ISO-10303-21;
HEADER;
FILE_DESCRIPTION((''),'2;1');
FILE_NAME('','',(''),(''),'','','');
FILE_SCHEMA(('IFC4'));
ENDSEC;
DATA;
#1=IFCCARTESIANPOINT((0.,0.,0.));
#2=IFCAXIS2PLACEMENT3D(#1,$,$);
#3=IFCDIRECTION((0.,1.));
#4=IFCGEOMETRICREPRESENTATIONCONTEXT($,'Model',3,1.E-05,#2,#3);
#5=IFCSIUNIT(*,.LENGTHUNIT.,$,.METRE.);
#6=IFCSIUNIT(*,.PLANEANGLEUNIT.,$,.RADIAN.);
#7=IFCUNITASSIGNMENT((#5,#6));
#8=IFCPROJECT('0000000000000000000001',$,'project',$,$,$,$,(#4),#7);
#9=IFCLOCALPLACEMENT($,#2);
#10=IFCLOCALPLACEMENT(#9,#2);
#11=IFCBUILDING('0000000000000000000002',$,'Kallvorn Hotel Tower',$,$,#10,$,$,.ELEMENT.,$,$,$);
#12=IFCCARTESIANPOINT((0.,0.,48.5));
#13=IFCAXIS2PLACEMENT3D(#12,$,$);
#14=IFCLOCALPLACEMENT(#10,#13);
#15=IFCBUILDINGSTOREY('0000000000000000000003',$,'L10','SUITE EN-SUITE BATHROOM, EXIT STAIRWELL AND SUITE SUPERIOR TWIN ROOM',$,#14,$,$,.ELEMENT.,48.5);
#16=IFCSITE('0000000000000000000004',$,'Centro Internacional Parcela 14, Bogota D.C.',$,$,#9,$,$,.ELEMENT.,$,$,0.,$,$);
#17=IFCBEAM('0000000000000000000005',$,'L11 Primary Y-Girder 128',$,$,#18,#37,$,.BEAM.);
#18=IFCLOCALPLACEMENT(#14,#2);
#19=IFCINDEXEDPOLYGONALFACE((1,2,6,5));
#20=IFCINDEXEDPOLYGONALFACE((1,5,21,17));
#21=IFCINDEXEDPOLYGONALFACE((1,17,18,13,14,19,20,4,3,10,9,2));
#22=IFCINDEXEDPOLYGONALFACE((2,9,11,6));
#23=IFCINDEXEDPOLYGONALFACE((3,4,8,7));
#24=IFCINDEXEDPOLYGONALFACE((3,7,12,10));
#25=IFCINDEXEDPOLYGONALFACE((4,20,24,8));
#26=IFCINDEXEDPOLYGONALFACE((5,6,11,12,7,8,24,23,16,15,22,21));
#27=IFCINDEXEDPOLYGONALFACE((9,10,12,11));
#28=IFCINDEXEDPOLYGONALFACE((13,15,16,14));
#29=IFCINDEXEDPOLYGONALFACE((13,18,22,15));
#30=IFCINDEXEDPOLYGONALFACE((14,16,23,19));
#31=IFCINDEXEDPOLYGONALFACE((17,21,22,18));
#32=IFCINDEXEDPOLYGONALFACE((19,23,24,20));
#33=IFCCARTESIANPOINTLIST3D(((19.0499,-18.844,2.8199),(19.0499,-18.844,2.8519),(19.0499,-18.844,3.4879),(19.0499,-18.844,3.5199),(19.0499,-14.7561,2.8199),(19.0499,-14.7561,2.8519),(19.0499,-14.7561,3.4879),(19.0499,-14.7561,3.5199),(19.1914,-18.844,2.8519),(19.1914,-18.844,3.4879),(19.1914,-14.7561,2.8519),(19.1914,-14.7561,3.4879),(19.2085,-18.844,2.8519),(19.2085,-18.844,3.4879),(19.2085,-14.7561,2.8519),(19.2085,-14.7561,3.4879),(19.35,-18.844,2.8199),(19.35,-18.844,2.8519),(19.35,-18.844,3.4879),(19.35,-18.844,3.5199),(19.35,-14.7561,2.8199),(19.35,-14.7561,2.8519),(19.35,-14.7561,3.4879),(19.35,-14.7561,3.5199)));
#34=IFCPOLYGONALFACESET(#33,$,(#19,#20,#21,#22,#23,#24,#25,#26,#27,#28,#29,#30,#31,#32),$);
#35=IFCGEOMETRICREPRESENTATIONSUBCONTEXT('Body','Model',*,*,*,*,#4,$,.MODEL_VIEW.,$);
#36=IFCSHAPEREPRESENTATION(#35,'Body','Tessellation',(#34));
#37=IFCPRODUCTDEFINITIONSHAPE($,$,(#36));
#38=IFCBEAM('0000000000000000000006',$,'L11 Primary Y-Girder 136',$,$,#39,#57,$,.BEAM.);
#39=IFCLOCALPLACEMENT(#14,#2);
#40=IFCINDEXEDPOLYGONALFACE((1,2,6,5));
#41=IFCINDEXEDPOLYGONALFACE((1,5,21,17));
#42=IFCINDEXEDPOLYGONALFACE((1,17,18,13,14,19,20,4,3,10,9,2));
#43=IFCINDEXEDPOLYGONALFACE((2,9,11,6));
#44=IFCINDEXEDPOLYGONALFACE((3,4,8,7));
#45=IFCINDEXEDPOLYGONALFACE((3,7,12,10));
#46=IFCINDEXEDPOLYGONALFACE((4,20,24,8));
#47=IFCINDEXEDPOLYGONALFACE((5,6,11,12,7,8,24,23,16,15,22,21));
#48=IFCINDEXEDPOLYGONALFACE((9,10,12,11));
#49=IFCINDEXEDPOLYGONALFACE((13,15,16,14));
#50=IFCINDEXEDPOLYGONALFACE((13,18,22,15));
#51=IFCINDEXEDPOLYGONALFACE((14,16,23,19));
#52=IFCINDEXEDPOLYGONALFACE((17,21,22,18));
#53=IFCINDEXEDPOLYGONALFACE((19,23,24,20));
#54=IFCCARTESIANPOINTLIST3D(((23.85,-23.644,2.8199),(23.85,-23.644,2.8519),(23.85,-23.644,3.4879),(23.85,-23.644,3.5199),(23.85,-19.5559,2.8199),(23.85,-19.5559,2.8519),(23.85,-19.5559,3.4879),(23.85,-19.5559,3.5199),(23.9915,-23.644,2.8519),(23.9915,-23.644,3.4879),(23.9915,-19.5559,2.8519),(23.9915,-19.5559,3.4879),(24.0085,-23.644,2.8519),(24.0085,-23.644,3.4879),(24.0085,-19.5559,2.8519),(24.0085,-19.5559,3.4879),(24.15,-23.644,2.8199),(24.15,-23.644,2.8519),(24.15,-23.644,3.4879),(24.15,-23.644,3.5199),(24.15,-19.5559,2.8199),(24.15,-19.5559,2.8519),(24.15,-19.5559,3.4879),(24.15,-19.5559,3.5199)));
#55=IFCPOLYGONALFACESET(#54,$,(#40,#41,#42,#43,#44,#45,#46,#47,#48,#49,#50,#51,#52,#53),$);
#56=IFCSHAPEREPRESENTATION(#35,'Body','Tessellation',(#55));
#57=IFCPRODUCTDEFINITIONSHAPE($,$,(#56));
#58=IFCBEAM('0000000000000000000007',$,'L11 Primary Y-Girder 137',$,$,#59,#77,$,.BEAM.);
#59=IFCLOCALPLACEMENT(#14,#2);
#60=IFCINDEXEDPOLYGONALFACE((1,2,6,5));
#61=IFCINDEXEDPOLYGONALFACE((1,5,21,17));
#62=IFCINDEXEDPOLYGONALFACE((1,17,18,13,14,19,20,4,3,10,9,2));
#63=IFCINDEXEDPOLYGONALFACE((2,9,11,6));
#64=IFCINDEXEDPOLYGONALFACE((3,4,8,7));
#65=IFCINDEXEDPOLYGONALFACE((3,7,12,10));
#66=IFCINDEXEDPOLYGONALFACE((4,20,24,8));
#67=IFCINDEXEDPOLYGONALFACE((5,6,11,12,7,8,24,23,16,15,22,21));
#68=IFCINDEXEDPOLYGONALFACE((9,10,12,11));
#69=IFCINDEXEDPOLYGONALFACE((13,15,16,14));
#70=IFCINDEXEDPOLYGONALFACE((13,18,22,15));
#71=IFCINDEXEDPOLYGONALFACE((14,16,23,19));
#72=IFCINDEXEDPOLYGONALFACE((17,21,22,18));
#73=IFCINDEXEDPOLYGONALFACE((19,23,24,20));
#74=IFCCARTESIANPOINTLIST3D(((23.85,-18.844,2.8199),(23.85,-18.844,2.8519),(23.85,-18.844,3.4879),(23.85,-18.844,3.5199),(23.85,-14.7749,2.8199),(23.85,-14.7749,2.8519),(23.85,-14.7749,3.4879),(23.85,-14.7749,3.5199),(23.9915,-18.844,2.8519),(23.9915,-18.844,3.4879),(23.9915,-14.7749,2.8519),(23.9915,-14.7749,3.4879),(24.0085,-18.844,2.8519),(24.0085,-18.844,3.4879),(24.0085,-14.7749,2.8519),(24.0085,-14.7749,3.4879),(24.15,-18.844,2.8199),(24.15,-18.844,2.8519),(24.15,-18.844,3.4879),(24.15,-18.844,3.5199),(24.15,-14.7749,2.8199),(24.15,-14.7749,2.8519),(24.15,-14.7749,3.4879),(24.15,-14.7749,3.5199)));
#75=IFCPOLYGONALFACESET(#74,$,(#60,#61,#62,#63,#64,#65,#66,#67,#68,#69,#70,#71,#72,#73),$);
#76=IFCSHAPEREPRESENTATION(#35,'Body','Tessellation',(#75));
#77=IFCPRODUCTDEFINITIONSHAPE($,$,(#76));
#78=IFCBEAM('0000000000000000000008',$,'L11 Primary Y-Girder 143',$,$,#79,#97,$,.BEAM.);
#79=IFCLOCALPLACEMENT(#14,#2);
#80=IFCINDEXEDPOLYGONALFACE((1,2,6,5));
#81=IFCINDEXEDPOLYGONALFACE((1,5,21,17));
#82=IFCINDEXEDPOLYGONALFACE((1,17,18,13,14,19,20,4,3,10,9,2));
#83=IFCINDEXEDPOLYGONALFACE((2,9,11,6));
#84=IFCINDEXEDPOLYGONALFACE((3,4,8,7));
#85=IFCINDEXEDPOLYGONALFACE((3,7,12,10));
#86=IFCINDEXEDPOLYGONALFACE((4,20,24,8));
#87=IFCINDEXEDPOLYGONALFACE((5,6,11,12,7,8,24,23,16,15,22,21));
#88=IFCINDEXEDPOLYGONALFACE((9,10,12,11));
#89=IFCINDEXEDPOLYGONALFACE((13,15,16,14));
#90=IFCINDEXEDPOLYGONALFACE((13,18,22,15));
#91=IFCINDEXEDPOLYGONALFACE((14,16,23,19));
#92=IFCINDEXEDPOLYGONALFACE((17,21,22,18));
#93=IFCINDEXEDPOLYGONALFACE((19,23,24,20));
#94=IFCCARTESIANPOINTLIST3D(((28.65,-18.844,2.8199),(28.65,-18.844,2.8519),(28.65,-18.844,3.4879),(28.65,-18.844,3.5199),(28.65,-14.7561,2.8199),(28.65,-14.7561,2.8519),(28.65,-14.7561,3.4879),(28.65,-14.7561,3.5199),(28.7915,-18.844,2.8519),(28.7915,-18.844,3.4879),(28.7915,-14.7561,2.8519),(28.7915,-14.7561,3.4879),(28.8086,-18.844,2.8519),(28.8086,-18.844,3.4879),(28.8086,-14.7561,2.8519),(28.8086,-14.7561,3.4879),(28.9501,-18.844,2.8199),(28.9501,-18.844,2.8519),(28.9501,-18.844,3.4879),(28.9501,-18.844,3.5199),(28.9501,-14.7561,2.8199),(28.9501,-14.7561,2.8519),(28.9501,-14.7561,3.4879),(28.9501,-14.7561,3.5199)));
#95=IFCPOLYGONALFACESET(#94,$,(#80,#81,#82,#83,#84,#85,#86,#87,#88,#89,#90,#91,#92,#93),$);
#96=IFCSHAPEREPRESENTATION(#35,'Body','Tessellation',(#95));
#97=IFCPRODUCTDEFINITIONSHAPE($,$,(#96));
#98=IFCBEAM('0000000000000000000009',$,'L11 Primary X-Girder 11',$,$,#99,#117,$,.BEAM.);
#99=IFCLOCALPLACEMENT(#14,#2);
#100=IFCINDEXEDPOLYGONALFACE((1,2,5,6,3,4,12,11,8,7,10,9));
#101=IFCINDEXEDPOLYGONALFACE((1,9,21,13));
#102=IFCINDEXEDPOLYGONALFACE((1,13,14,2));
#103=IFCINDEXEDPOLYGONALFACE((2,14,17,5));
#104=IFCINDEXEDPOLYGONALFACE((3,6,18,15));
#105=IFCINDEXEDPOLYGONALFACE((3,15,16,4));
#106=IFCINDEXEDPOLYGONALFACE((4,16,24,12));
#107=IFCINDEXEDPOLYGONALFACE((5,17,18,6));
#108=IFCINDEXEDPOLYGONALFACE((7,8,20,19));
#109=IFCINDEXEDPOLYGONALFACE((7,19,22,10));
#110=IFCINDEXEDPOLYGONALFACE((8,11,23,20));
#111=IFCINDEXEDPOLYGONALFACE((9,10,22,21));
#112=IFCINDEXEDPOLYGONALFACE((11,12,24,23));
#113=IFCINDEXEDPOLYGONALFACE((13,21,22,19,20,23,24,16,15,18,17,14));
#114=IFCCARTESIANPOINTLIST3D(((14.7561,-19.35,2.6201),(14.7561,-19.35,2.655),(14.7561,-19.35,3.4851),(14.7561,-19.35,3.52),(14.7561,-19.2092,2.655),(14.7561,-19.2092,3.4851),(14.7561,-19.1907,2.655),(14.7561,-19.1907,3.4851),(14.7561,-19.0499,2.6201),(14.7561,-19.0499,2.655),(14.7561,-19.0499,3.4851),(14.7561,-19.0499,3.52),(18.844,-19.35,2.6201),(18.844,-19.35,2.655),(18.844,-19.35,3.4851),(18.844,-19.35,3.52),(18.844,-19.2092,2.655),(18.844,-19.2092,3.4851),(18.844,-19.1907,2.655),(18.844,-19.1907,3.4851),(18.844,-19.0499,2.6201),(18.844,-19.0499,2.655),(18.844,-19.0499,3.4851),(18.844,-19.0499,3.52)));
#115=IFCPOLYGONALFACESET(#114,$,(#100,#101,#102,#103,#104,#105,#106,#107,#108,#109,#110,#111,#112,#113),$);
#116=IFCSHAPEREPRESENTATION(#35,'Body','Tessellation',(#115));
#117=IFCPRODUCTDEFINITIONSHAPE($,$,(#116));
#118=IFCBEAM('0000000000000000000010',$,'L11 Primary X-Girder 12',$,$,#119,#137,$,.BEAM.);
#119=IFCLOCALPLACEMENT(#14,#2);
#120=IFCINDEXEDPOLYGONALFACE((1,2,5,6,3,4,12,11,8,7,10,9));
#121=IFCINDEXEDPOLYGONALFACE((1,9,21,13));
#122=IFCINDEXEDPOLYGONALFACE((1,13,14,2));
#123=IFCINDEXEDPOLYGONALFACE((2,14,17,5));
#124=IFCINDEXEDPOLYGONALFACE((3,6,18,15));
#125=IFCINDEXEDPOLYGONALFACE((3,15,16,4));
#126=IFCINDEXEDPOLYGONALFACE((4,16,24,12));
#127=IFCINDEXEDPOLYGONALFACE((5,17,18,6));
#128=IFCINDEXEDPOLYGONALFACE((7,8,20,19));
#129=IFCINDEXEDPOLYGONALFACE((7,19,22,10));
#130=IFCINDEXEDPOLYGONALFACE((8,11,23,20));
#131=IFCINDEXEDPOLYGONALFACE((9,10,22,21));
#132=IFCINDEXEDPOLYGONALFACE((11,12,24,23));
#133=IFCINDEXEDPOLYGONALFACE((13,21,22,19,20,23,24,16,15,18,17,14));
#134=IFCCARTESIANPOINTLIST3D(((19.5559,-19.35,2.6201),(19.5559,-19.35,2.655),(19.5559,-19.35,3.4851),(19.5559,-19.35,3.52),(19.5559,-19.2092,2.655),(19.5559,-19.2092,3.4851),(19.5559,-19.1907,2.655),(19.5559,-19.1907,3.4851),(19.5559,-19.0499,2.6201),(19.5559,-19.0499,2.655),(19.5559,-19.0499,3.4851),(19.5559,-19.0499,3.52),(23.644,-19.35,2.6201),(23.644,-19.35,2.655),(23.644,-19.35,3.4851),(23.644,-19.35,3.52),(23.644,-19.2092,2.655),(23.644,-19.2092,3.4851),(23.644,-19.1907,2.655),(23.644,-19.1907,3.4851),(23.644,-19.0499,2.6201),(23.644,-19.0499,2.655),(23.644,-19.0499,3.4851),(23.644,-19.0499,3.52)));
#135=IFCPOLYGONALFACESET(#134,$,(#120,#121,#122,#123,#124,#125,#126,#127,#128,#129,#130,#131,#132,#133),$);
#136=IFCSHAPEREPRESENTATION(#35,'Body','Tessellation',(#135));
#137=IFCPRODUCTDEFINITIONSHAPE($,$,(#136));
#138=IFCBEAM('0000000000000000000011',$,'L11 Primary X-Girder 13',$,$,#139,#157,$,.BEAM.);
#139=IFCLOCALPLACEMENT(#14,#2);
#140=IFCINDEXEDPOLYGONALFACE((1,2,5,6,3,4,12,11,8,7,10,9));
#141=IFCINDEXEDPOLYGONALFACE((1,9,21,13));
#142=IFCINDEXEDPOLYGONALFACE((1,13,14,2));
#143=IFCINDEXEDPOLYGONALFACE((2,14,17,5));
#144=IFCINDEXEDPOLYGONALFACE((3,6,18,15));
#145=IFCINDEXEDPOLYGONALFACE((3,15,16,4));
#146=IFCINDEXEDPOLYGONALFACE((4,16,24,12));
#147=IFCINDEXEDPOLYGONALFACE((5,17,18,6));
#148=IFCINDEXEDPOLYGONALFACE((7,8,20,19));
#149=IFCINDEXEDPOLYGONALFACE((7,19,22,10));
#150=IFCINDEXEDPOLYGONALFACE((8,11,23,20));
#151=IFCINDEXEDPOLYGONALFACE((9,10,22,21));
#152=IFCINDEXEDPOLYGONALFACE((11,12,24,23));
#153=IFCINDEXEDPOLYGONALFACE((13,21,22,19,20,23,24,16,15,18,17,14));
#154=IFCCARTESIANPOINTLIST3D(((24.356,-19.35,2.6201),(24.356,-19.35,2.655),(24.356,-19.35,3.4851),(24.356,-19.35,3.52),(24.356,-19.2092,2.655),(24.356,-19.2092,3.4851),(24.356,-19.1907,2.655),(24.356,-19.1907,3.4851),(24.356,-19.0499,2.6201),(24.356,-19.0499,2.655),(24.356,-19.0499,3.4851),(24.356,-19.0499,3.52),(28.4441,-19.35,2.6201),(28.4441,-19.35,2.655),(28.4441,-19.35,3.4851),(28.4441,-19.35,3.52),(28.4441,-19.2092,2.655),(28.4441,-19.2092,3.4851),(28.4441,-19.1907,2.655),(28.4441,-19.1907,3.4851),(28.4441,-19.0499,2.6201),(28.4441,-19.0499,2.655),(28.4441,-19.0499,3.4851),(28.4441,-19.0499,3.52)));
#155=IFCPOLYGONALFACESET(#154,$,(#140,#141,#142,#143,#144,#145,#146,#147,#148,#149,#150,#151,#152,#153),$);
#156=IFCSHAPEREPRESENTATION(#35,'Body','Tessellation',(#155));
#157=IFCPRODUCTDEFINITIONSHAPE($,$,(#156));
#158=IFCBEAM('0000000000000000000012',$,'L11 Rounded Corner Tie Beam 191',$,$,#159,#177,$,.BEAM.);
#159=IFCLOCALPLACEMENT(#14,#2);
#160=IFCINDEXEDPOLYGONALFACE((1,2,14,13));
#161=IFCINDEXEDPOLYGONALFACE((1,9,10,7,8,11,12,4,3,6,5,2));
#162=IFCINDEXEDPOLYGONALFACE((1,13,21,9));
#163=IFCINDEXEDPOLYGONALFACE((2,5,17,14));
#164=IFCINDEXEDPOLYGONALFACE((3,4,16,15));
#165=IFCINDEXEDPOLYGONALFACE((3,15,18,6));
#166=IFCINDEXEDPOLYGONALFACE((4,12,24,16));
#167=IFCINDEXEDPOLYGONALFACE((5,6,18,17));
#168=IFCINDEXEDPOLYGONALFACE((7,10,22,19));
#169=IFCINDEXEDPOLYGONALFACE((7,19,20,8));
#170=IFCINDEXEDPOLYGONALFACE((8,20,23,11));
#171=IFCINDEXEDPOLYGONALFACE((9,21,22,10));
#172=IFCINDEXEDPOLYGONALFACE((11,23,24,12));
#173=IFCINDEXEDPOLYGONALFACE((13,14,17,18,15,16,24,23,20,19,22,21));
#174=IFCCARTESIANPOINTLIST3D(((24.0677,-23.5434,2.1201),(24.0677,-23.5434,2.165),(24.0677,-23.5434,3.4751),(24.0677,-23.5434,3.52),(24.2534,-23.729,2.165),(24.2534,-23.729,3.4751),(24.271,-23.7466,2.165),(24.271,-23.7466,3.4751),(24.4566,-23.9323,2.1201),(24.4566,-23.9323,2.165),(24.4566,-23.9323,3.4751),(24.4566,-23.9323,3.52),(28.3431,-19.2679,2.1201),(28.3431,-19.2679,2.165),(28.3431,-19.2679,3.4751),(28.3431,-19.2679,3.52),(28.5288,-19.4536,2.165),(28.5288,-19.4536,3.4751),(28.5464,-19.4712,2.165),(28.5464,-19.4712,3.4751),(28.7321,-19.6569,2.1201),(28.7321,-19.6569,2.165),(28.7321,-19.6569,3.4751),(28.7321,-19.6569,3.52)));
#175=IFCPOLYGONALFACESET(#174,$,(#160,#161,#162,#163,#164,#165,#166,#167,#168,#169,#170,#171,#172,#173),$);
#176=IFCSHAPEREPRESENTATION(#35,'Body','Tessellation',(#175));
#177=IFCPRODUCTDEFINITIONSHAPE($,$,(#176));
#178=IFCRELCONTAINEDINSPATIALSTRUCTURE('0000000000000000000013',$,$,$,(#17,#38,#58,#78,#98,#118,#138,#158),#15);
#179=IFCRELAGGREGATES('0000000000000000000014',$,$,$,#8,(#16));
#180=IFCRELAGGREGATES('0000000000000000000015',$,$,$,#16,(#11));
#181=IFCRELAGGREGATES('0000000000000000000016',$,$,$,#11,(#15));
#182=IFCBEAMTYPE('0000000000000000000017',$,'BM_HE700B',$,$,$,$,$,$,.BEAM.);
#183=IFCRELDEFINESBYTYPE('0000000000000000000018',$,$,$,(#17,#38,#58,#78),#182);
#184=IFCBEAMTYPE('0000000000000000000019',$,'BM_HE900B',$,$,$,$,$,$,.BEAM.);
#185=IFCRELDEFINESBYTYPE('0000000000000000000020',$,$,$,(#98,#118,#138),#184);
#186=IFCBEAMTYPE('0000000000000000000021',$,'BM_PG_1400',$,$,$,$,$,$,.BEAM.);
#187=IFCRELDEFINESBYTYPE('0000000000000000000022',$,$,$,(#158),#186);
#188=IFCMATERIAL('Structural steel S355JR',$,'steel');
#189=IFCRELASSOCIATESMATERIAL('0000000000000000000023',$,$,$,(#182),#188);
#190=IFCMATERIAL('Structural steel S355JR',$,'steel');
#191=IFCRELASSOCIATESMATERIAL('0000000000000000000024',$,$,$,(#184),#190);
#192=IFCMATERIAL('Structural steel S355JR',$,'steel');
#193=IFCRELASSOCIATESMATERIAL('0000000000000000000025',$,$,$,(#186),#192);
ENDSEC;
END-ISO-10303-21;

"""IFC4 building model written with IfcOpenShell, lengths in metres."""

from ifc_helpers import new_model, si_unit, direction, frame, origin, origin_2d, place, context, subcontext, project, spatial, i_section, extrude, material, material_profile, profile_set, type_object, element, save


model = new_model("IFC4")

# Units and contexts
model_context = context("Model", 3, precision=1e-05, world=origin(), true_north=direction((0.0, 1.0)))
body_context = subcontext(model_context, "Body", "Model", "MODEL_VIEW")
ifc_project = project(units=[si_unit("LENGTHUNIT", "METRE"), si_unit("PLANEANGLEUNIT", "RADIAN")], contexts=[model_context])

# Site, building, storey
site_placement = place(None, origin())
site = spatial("IfcSite", under=ifc_project, at=site_placement, Name="Centro Internacional Parcela 14, Bogota D.C.", CompositionType="ELEMENT", RefElevation=0.0)
building_placement = place(site_placement, origin())
building = spatial("IfcBuilding", under=site, at=building_placement, Name="Kallvorn Hotel Tower", CompositionType="ELEMENT")
storey_placement = place(building_placement, frame((0.0, 0.0, 48.5)))
storey = spatial("IfcBuildingStorey", under=building, at=storey_placement, Name="L10", Description="SUITE EN-SUITE BATHROOM, EXIT STAIRWELL AND SUITE SUPERIOR TWIN ROOM", CompositionType="ELEMENT", Elevation=48.5)

# Beams
ifc_material_1 = material(Name="Structural steel S355JR", Category="steel")
ifc_material_profile_1 = material_profile(ifc_material_1, i_section(OverallWidth=0.3, OverallDepth=0.7, WebThickness=0.0171, FlangeThickness=0.032, at=origin_2d()), Name="HE 700 B")
ifc_profile_set_1 = profile_set([ifc_material_profile_1], Name="Structural steel S355JR")
beam_type_1 = type_object("IfcBeamType", Name="BM_HE700B", PredefinedType="BEAM", material=ifc_profile_set_1)
beam_1_placement = place(storey_placement, frame((19.2, -18.844, 3.1699), z_axis=(0.0, 1.0, 0.0), x_axis=(-1.0, 0.0, 0.0)))
element("IfcBeam", 1, at=beam_1_placement, inside=storey, type_object=beam_type_1, Name="L11 Primary Y-Girder 128", PredefinedType="BEAM", context=body_context, shape_type="SweptSolid", body=[
    extrude(i_section(OverallWidth=0.3, OverallDepth=0.7, WebThickness=0.0171, FlangeThickness=0.032, at=origin_2d()), origin(), (0.0, 0.0, 1.0), 4.0879),
])
beam_2_placement = place(storey_placement, frame((24.0, -23.644, 3.1699), z_axis=(0.0, 1.0, 0.0), x_axis=(-1.0, 0.0, 0.0)))
element("IfcBeam", 2, at=beam_2_placement, inside=storey, type_object=beam_type_1, Name="L11 Primary Y-Girder 136", PredefinedType="BEAM", context=body_context, shape_type="SweptSolid", body=[
    extrude(i_section(OverallWidth=0.3, OverallDepth=0.7, WebThickness=0.0171, FlangeThickness=0.032, at=origin_2d()), origin(), (0.0, 0.0, 1.0), 4.0881),
])
beam_3_placement = place(storey_placement, frame((24.0, -18.844, 3.1699), z_axis=(0.0, 1.0, 0.0), x_axis=(-1.0, 0.0, 0.0)))
element("IfcBeam", 3, at=beam_3_placement, inside=storey, type_object=beam_type_1, Name="L11 Primary Y-Girder 137", PredefinedType="BEAM", context=body_context, shape_type="SweptSolid", body=[
    extrude(i_section(OverallWidth=0.3, OverallDepth=0.7, WebThickness=0.0171, FlangeThickness=0.032, at=origin_2d()), origin(), (0.0, 0.0, 1.0), 4.0691),
])
beam_4_placement = place(storey_placement, frame((28.8, -18.844, 3.1699), z_axis=(0.0, 1.0, 0.0), x_axis=(-1.0, 0.0, 0.0)))
element("IfcBeam", 4, at=beam_4_placement, inside=storey, type_object=beam_type_1, Name="L11 Primary Y-Girder 143", PredefinedType="BEAM", context=body_context, shape_type="SweptSolid", body=[
    extrude(i_section(OverallWidth=0.3, OverallDepth=0.7, WebThickness=0.0171, FlangeThickness=0.032, at=origin_2d()), origin(), (0.0, 0.0, 1.0), 4.0879),
])
ifc_material_2 = material(Name="Structural steel S355JR", Category="steel")
ifc_material_profile_2 = material_profile(ifc_material_2, i_section(OverallWidth=0.3, OverallDepth=0.8999, WebThickness=0.0186, FlangeThickness=0.0349, at=origin_2d()), Name="HE 900 B")
ifc_profile_set_2 = profile_set([ifc_material_profile_2], Name="Structural steel S355JR")
beam_type_2 = type_object("IfcBeamType", Name="BM_HE900B", PredefinedType="BEAM", material=ifc_profile_set_2)
beam_5_placement = place(storey_placement, frame((14.7561, -19.2, 3.0701), z_axis=(1.0, 0.0, 0.0), x_axis=(0.0, 1.0, 0.0)))
element("IfcBeam", 5, at=beam_5_placement, inside=storey, type_object=beam_type_2, Name="L11 Primary X-Girder 11", PredefinedType="BEAM", context=body_context, shape_type="SweptSolid", body=[
    extrude(i_section(OverallWidth=0.3, OverallDepth=0.8999, WebThickness=0.0186, FlangeThickness=0.0349, at=origin_2d()), origin(), (0.0, 0.0, 1.0), 4.0879),
])
for number, where, z_axis, x_axis, name in (
    (6, (19.5559, -19.2, 3.0701), (1.0, 0.0, 0.0), (0.0, 1.0, 0.0), "L11 Primary X-Girder 12"),
    (7, (24.356, -19.2, 3.0701), (1.0, 0.0, 0.0), (0.0, 1.0, 0.0), "L11 Primary X-Girder 13"),
):
    element("IfcBeam", number, at=place(storey_placement, frame(where, z_axis=z_axis, x_axis=x_axis)), inside=storey, type_object=beam_type_2, Name=name, PredefinedType="BEAM", context=body_context, shape_type="SweptSolid", body=[
        extrude(i_section(OverallWidth=0.3, OverallDepth=0.8999, WebThickness=0.0186, FlangeThickness=0.0349, at=origin_2d()), origin(), (0.0, 0.0, 1.0), 4.0881),
    ])
ifc_material_3 = material(Name="Structural steel S355JR", Category="steel")
ifc_material_profile_3 = material_profile(ifc_material_3, i_section(OverallWidth=0.55, OverallDepth=1.3999, WebThickness=0.0249, FlangeThickness=0.0449, at=origin_2d()), Name="PG 1400x550x25x45")
ifc_profile_set_3 = profile_set([ifc_material_profile_3], Name="Structural steel S355JR")
beam_type_3 = type_object("IfcBeamType", Name="BM_PG_1400", PredefinedType="BEAM", material=ifc_profile_set_3)
beam_6_placement = place(storey_placement, frame((28.5376, -19.4624, 2.8201), z_axis=(-0.707107, -0.707107, 0.0), x_axis=(0.707107, -0.707107, 0.0)))
element("IfcBeam", 8, at=beam_6_placement, inside=storey, type_object=beam_type_3, Name="L11 Rounded Corner Tie Beam 191", PredefinedType="BEAM", context=body_context, shape_type="SweptSolid", body=[
    extrude(i_section(OverallWidth=0.55, OverallDepth=1.3999, WebThickness=0.0249, FlangeThickness=0.0449, at=origin_2d()), origin(), (0.0, 0.0, 1.0), 6.0464),
])

save(model, "model.ifc")
